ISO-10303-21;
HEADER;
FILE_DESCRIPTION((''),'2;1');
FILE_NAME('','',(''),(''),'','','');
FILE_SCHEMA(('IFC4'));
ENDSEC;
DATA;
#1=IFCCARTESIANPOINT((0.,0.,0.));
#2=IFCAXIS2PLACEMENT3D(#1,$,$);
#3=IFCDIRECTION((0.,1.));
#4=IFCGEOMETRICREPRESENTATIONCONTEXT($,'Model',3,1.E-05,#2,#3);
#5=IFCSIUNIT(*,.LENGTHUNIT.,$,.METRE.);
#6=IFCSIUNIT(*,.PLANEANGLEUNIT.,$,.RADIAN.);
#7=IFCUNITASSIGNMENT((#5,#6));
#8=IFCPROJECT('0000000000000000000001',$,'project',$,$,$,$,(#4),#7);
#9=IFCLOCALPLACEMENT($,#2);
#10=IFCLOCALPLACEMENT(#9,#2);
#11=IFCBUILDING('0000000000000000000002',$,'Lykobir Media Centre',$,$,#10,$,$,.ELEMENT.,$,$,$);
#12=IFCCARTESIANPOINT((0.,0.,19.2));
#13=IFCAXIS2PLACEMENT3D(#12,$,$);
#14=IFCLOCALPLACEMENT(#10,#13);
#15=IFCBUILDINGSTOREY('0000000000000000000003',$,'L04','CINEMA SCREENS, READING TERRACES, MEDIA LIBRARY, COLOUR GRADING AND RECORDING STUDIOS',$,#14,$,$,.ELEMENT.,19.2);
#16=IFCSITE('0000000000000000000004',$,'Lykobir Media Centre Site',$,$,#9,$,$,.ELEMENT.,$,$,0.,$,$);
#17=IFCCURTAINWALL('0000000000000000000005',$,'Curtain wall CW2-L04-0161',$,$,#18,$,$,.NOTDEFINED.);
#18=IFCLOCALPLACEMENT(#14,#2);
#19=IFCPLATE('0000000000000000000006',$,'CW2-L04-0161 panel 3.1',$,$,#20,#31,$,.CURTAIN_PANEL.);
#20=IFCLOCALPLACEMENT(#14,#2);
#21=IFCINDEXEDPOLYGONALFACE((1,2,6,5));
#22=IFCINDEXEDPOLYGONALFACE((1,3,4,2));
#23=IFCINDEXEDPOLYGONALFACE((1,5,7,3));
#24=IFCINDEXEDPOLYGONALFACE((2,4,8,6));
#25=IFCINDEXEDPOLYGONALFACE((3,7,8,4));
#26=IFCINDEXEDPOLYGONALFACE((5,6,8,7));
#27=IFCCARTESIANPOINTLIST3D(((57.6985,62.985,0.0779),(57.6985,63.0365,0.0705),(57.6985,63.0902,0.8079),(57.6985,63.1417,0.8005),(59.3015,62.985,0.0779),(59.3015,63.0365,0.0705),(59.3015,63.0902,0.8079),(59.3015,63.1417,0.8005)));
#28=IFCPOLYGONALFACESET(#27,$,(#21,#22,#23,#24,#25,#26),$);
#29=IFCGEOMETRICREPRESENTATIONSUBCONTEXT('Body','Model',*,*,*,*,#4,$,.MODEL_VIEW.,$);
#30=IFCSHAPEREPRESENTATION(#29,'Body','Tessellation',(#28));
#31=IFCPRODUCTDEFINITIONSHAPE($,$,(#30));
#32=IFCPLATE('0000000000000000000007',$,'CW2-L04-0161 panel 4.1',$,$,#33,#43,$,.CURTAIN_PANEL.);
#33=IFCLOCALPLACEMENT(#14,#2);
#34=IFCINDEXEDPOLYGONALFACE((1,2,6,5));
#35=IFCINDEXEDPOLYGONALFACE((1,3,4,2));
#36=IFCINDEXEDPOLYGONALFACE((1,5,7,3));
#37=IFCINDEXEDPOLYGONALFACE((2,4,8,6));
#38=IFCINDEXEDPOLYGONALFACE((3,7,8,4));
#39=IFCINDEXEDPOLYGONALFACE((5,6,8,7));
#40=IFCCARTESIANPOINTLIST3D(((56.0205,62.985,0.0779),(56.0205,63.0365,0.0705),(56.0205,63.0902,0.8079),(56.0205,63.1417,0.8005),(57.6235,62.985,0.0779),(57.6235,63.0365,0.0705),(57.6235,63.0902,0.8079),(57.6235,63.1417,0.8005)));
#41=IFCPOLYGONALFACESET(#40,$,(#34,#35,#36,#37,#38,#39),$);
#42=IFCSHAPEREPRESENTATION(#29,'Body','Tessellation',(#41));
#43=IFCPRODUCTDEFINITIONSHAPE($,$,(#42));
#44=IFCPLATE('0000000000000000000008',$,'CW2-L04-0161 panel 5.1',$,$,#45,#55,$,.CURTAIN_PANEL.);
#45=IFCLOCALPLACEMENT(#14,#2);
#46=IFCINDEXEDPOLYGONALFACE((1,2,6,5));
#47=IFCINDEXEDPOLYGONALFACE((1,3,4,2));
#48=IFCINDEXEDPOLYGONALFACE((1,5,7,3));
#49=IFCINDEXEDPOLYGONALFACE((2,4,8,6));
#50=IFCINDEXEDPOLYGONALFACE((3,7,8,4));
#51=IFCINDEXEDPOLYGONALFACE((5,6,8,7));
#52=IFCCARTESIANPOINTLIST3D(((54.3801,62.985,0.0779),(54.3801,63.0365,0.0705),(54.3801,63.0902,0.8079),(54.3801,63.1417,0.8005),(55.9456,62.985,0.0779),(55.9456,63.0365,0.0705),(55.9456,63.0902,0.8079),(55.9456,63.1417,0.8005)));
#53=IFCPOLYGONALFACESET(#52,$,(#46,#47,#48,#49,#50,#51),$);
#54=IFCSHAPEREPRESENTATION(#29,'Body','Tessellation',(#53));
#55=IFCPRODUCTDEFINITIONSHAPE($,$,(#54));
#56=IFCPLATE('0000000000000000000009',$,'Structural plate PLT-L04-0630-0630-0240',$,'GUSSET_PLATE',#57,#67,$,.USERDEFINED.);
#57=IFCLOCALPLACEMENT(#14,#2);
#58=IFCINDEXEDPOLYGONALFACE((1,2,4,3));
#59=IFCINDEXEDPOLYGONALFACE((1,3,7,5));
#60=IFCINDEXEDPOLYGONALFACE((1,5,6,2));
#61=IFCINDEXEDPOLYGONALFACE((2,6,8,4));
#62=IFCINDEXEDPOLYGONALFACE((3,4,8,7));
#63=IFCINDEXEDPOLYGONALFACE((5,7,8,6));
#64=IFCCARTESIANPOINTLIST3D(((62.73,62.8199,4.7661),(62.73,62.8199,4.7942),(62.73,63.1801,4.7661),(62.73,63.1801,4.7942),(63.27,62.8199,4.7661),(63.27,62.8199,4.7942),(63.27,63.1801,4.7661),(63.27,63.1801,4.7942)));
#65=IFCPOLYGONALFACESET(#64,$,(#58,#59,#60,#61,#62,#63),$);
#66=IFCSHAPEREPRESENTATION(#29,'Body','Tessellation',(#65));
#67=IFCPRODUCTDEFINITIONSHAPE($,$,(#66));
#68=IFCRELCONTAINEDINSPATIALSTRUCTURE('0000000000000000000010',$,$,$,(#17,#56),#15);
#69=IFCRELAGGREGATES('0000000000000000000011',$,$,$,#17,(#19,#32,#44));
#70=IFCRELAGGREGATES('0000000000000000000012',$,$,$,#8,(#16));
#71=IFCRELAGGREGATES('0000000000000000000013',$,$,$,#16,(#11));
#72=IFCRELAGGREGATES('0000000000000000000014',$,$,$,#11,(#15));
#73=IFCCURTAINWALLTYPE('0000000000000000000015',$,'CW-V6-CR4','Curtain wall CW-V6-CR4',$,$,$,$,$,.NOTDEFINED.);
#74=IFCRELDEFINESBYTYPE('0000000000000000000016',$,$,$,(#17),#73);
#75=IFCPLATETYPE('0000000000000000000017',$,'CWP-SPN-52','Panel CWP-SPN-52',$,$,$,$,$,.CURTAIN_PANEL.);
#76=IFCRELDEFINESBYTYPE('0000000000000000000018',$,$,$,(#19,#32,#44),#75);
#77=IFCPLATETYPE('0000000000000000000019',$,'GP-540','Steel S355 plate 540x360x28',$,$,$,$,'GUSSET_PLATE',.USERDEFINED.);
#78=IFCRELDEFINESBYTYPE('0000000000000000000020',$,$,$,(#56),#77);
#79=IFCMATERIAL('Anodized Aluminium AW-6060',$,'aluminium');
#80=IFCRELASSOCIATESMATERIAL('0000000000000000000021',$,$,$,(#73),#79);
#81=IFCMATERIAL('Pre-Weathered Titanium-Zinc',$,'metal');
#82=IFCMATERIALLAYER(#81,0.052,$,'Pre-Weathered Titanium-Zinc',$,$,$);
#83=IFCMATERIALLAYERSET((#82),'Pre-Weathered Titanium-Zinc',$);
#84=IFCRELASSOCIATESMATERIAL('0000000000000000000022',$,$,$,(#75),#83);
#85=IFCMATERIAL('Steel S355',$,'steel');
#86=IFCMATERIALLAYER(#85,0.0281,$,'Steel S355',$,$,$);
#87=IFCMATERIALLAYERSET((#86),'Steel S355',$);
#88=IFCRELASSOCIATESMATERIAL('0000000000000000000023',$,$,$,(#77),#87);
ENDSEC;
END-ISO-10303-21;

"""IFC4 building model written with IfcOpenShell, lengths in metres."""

from ifc_helpers import new_model, si_unit, direction, frame, origin, origin_2d, place, context, subcontext, project, spatial, rectangle, extrude, material, layer, layer_set, type_object, element, aggregate, save


model = new_model("IFC4")

# Units and contexts
model_context = context("Model", 3, precision=1e-05, world=origin(), true_north=direction((0.0, 1.0)))
body_context = subcontext(model_context, "Body", "Model", "MODEL_VIEW")
ifc_project = project(units=[si_unit("LENGTHUNIT", "METRE"), si_unit("PLANEANGLEUNIT", "RADIAN")], contexts=[model_context])

# Site, building, storey
site_placement = place(None, origin())
site = spatial("IfcSite", under=ifc_project, at=site_placement, Name="Lykobir Media Centre Site", CompositionType="ELEMENT", RefElevation=0.0)
building_placement = place(site_placement, origin())
building = spatial("IfcBuilding", under=site, at=building_placement, Name="Lykobir Media Centre", CompositionType="ELEMENT")
storey_placement = place(building_placement, frame((0.0, 0.0, 19.2)))
storey = spatial("IfcBuildingStorey", under=building, at=storey_placement, Name="L04", Description="CINEMA SCREENS, READING TERRACES, MEDIA LIBRARY, COLOUR GRADING AND RECORDING STUDIOS", CompositionType="ELEMENT", Elevation=19.2)

# Shared definitions
ifc_material_1 = material(Name="Steel S355", Category="steel")

# Curtain wall
ifc_material_2 = material(Name="Anodized Aluminium AW-6060", Category="aluminium")
curtain_wall_type_1 = type_object("IfcCurtainWallType", Name="CW-V6-CR4", Description="Curtain wall CW-V6-CR4", PredefinedType="NOTDEFINED", material=ifc_material_2)
curtain_wall_1_placement = place(storey_placement, origin())
curtain_wall_1 = element("IfcCurtainWall", 1, at=curtain_wall_1_placement, inside=storey, type_object=curtain_wall_type_1, Name="Curtain wall CW2-L04-0161", PredefinedType="NOTDEFINED")

# Plates
ifc_material_3 = material(Name="Pre-Weathered Titanium-Zinc", Category="metal")
ifc_layer_1 = layer(ifc_material_3, 0.052, Name="Pre-Weathered Titanium-Zinc")
ifc_layer_set_1 = layer_set([ifc_layer_1], Name="Pre-Weathered Titanium-Zinc")
plate_type_1 = type_object("IfcPlateType", Name="CWP-SPN-52", Description="Panel CWP-SPN-52", PredefinedType="CURTAIN_PANEL", material=ifc_layer_set_1)
plate_1_placement = place(storey_placement, frame((58.5, 63.0107, 0.0742), z_axis=(0.0, 0.142629, 0.989776), x_axis=(-1.0, 0.0, 0.0)))
plate_1 = element("IfcPlate", 2, at=plate_1_placement, type_object=plate_type_1, Name="CW2-L04-0161 panel 3.1", PredefinedType="CURTAIN_PANEL", context=body_context, shape_type="SweptSolid", body=[
    extrude(rectangle(XDim=1.603, YDim=0.052, at=origin_2d()), origin(), (0.0, 0.0, 1.0), 0.7375),
])
plate_2_placement = place(storey_placement, frame((56.822, 63.0107, 0.0742), z_axis=(0.0, 0.142629, 0.989776), x_axis=(-1.0, 0.0, 0.0)))
plate_2 = element("IfcPlate", 3, at=plate_2_placement, type_object=plate_type_1, Name="CW2-L04-0161 panel 4.1", PredefinedType="CURTAIN_PANEL", context=body_context, shape_type="SweptSolid", body=[
    extrude(rectangle(XDim=1.603, YDim=0.052, at=origin_2d()), origin(), (0.0, 0.0, 1.0), 0.7375),
])
plate_3_placement = place(storey_placement, frame((55.1628, 63.0107, 0.0742), z_axis=(0.0, 0.142629, 0.989776), x_axis=(-1.0, 0.0, 0.0)))
plate_3 = element("IfcPlate", 4, at=plate_3_placement, type_object=plate_type_1, Name="CW2-L04-0161 panel 5.1", PredefinedType="CURTAIN_PANEL", context=body_context, shape_type="SweptSolid", body=[
    extrude(rectangle(XDim=1.5654, YDim=0.052, at=origin_2d()), origin(), (0.0, 0.0, 1.0), 0.7375),
])
aggregate(curtain_wall_1, [plate_1, plate_2, plate_3])
ifc_layer_2 = layer(ifc_material_1, 0.0281, Name="Steel S355")
ifc_layer_set_2 = layer_set([ifc_layer_2], Name="Steel S355")
plate_type_2 = type_object("IfcPlateType", Name="GP-540", Description="Steel S355 plate 540x360x28", ElementType="GUSSET_PLATE", PredefinedType="USERDEFINED", material=ifc_layer_set_2)
plate_4_placement = place(storey_placement, frame((63.0, 63.0, 4.7661), z_axis=(0.0, 0.0, 1.0), x_axis=(1.0, 0.0, 0.0)))
element("IfcPlate", 5, at=plate_4_placement, inside=storey, type_object=plate_type_2, Name="Structural plate PLT-L04-0630-0630-0240", ObjectType="GUSSET_PLATE", PredefinedType="USERDEFINED", context=body_context, shape_type="SweptSolid", body=[
    extrude(rectangle(XDim=0.54, YDim=0.3601, at=origin_2d()), origin(), (0.0, 0.0, 1.0), 0.0281),
])

save(model, "model.ifc")
